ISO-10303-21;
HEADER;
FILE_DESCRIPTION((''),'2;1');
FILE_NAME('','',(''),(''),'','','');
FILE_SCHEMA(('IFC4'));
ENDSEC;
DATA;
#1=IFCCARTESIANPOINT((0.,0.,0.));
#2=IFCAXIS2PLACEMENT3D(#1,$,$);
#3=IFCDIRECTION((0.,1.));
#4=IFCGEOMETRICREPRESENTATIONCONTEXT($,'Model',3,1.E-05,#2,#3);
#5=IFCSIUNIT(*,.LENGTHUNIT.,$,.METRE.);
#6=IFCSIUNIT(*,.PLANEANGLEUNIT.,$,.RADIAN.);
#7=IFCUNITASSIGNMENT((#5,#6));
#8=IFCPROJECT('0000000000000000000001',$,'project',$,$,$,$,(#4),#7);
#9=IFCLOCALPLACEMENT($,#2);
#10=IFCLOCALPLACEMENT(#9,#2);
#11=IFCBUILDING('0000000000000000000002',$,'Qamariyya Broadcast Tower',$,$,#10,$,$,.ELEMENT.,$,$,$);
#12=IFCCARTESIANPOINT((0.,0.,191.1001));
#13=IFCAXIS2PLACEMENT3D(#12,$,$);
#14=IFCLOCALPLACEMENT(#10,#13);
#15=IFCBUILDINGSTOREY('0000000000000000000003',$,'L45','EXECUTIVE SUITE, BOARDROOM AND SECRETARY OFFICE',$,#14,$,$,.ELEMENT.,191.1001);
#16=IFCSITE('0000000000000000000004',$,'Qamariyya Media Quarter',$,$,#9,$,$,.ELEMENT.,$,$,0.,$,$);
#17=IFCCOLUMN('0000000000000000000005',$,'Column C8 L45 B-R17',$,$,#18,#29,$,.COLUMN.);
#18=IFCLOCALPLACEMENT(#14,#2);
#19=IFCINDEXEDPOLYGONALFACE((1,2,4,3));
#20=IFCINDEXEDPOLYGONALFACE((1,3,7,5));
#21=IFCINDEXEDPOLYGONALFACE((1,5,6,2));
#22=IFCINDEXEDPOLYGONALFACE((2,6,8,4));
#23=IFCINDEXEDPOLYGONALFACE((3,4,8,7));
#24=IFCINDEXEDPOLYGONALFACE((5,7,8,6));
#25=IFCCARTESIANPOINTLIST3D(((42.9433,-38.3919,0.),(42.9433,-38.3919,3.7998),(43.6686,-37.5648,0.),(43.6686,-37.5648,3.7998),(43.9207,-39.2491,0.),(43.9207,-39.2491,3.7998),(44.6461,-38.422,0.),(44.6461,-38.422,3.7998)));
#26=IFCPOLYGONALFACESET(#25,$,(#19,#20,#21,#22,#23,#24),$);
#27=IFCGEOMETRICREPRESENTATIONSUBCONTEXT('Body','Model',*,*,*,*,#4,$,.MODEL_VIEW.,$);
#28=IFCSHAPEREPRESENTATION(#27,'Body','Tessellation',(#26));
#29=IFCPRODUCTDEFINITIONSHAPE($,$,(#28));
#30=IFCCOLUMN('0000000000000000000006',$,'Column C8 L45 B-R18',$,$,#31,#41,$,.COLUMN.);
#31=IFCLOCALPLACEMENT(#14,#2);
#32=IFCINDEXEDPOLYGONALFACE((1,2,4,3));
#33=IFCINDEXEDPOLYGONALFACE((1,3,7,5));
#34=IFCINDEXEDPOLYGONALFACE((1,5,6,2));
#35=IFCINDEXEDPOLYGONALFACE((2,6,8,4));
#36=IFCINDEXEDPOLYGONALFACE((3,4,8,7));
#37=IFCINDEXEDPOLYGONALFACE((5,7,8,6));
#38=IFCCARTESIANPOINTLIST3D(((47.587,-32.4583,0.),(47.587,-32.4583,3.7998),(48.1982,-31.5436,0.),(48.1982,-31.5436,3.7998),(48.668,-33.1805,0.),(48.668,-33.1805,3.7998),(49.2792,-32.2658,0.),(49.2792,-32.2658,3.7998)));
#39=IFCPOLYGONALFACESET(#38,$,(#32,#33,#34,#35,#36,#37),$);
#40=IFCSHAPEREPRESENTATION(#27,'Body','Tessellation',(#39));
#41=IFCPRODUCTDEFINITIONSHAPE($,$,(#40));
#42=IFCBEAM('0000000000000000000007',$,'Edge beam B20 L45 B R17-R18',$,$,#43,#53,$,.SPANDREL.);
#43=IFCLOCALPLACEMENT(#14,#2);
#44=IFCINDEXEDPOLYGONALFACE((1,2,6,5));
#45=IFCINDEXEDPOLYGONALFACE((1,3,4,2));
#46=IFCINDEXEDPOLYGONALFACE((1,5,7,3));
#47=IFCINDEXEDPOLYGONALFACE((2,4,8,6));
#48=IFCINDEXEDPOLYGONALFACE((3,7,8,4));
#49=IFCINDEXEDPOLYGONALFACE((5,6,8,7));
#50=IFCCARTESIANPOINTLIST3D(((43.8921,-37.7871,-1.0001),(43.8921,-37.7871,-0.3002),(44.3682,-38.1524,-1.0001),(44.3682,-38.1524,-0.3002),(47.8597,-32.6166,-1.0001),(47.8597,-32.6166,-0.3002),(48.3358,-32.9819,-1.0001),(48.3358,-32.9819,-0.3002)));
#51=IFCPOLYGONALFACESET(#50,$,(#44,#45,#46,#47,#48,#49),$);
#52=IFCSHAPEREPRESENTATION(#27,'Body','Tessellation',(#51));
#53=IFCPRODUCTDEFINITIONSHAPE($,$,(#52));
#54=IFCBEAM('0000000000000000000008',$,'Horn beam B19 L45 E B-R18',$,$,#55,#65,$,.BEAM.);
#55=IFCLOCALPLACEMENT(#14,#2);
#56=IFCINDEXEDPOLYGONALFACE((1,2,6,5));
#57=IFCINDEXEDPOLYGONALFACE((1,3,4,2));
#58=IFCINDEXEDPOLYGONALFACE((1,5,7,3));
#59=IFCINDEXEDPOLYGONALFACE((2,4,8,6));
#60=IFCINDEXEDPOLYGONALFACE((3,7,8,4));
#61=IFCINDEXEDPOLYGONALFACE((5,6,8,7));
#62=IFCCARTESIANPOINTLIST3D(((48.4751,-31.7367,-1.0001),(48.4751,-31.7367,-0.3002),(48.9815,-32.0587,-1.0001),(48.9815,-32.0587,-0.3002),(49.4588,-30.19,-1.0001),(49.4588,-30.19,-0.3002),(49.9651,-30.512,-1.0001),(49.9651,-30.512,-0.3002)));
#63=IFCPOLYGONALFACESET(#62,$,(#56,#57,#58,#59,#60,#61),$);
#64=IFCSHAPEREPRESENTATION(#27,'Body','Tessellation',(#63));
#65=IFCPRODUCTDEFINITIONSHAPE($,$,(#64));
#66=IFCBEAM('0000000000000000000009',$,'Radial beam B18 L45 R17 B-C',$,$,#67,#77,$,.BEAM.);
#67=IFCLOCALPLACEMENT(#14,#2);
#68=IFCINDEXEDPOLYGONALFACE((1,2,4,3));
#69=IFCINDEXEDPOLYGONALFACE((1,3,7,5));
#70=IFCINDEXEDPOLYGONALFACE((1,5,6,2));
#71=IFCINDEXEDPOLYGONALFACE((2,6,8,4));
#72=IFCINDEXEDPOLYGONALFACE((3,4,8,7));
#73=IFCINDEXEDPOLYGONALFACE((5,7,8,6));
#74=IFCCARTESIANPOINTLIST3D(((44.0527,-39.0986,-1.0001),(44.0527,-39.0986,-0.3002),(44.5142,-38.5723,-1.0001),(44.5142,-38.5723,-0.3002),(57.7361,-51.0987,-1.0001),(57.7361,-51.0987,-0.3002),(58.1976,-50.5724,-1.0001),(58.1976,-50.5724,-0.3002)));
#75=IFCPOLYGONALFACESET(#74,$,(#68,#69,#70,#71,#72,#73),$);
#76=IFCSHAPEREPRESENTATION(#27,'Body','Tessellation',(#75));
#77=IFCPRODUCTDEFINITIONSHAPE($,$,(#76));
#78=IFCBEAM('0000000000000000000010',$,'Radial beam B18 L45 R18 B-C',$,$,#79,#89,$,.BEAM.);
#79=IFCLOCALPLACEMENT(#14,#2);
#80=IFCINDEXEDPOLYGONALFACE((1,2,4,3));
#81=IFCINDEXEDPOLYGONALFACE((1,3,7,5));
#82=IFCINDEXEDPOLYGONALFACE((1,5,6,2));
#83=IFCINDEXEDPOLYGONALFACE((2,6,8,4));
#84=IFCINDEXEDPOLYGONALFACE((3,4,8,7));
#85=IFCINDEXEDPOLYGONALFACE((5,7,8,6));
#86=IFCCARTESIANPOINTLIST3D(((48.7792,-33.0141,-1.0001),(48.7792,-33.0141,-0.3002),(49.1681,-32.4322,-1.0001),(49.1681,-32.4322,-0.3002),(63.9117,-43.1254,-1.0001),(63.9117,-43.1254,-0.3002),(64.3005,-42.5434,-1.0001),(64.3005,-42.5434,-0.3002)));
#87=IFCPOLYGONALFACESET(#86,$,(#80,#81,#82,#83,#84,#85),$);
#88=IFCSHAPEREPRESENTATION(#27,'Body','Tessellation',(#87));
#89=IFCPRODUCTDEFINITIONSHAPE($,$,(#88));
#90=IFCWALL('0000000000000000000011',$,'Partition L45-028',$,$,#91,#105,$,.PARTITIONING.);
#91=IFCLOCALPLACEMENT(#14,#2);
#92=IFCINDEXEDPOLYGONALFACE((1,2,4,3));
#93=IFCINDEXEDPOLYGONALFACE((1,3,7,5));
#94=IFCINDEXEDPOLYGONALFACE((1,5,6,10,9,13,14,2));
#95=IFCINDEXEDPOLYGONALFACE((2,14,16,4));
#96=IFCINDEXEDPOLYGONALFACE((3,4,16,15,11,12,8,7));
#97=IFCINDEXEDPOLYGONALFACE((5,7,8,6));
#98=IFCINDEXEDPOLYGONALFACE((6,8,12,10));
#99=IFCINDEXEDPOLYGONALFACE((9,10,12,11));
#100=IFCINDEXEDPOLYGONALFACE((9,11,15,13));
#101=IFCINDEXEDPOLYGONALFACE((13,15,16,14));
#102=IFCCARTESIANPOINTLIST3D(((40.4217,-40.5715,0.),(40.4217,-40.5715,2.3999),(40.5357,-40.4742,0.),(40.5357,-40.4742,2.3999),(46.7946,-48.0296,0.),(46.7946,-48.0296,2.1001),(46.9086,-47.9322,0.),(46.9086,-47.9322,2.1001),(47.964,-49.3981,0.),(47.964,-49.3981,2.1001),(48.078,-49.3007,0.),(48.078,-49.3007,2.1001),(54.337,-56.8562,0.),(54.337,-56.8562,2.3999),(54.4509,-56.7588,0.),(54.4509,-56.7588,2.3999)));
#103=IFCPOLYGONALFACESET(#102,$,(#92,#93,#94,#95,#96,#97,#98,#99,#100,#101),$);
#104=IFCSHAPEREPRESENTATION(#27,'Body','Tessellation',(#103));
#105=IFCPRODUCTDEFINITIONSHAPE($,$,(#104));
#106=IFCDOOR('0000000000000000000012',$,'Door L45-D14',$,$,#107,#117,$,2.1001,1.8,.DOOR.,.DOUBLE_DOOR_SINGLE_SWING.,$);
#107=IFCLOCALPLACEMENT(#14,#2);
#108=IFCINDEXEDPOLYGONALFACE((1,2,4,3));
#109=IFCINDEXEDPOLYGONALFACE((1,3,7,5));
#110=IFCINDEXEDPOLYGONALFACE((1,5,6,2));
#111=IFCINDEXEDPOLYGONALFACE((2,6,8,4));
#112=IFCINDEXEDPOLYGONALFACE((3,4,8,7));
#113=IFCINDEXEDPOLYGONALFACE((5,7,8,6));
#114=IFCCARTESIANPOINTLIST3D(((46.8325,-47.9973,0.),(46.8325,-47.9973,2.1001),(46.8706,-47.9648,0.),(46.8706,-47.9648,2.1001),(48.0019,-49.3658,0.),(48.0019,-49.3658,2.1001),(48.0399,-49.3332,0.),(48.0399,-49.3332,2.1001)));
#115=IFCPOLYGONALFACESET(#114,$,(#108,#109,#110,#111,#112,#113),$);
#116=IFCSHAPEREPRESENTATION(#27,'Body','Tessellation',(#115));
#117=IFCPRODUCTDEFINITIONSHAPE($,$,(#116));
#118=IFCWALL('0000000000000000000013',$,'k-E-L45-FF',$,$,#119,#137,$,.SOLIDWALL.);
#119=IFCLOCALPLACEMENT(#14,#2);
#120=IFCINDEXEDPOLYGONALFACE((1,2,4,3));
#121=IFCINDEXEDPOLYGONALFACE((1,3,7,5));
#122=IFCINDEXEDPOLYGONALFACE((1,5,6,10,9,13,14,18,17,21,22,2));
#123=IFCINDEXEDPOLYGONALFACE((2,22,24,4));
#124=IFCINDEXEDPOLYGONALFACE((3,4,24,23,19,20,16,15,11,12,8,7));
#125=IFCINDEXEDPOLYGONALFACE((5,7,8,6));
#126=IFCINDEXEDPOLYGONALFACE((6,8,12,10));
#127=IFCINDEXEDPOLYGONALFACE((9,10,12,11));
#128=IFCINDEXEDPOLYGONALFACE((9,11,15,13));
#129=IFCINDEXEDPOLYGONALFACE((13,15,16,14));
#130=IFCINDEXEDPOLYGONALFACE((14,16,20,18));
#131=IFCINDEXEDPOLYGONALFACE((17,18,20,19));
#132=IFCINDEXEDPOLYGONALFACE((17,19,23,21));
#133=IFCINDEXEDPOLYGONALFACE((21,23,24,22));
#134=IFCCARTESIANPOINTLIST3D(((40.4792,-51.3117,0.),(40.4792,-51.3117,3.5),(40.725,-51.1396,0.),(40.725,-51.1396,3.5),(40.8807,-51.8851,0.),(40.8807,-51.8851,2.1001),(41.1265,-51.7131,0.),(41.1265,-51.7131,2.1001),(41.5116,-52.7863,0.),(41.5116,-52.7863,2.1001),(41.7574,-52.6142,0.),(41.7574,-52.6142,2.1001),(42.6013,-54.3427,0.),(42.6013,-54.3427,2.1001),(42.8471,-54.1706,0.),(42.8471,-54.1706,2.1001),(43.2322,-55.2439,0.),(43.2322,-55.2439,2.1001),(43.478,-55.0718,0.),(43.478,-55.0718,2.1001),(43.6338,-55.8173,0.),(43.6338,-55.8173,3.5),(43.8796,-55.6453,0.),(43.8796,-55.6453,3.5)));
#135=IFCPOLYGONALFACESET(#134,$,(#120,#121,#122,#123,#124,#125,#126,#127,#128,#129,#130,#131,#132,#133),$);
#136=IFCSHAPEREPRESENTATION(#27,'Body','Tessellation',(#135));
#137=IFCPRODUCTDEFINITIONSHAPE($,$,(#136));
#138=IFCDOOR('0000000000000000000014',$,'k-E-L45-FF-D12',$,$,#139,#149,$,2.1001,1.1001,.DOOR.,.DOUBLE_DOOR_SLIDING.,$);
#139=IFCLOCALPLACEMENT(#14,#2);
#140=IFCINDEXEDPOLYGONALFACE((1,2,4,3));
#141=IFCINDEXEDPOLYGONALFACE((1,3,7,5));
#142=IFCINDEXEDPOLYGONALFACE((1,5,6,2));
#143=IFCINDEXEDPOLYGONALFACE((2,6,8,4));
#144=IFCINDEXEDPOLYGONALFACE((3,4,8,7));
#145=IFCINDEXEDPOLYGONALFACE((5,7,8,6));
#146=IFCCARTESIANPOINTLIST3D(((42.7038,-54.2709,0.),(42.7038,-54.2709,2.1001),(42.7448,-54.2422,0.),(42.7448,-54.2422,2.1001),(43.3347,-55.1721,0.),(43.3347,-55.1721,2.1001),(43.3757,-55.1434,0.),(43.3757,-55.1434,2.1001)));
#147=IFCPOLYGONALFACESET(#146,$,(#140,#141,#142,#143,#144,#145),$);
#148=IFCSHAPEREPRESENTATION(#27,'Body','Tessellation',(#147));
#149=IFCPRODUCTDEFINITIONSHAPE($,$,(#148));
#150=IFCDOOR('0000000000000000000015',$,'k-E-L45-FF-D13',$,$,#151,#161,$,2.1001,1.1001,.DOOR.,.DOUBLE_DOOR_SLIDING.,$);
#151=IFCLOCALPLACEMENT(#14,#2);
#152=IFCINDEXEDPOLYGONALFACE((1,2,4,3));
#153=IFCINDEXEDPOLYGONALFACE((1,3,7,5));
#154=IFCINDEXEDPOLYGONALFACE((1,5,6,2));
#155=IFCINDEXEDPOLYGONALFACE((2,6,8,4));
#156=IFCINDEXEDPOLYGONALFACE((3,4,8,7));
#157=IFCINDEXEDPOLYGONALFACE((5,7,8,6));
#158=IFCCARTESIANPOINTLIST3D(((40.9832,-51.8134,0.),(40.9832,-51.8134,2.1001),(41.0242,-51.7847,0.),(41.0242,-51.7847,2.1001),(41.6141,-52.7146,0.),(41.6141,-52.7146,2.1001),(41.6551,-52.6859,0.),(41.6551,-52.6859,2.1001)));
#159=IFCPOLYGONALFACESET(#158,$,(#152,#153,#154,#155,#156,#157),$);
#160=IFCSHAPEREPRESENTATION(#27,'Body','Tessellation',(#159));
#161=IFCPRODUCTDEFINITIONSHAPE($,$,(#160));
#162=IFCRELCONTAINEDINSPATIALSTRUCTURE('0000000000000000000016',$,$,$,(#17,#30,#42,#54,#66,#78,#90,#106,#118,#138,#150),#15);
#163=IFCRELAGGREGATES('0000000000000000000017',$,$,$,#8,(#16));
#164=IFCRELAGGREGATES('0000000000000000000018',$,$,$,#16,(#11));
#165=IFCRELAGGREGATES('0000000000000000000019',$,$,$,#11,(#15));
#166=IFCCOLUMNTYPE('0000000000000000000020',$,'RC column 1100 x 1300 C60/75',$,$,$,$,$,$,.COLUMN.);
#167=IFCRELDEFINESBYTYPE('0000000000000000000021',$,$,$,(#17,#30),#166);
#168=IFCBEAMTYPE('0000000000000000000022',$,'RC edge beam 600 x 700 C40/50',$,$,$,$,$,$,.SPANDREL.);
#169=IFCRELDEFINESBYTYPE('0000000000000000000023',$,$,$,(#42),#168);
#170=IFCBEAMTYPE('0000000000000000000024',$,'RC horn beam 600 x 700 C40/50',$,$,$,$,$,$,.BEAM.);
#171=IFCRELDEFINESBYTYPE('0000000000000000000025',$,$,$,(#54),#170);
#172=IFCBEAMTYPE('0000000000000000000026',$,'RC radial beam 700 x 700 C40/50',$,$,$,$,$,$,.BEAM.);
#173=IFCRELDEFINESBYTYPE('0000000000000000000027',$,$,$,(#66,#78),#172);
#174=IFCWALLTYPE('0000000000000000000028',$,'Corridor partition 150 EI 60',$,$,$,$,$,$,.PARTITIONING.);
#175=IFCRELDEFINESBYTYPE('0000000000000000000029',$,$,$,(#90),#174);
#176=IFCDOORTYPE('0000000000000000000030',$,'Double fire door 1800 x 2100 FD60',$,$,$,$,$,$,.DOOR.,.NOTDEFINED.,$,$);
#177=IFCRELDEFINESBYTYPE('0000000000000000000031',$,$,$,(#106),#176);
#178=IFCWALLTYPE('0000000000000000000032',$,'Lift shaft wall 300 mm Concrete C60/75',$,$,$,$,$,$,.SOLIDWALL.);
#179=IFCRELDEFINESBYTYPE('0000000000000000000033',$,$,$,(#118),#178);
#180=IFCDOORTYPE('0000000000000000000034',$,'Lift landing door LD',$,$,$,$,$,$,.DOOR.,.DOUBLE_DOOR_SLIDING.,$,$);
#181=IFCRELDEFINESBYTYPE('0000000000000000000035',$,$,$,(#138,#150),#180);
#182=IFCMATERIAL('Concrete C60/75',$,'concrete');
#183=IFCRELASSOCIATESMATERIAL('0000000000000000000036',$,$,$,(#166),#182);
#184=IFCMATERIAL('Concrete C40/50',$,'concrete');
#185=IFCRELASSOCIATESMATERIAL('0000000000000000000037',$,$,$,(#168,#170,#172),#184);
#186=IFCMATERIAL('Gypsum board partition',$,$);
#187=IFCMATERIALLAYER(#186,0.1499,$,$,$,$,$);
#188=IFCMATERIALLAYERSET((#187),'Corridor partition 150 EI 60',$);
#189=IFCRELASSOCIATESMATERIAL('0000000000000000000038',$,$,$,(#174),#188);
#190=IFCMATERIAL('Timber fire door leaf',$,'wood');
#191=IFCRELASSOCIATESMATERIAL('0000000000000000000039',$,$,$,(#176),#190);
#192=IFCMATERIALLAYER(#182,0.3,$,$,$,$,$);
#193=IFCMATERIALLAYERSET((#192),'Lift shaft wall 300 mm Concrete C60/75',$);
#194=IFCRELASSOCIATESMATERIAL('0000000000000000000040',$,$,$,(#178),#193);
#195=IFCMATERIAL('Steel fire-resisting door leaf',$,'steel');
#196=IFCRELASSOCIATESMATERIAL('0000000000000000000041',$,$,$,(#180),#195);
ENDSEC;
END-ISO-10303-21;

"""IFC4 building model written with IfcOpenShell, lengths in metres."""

from ifc_helpers import new_model, si_unit, direction, frame, frame_2d, origin, origin_2d, place, context, subcontext, project, spatial, rectangle, extrude, material, layer, layer_set, material_profile, profile_set, type_object, element, fill, save


model = new_model("IFC4")

# Units and contexts
model_context = context("Model", 3, precision=1e-05, world=origin(), true_north=direction((0.0, 1.0)))
body_context = subcontext(model_context, "Body", "Model", "MODEL_VIEW")
ifc_project = project(units=[si_unit("LENGTHUNIT", "METRE"), si_unit("PLANEANGLEUNIT", "RADIAN")], contexts=[model_context])

# Site, building, storey
site_placement = place(None, origin())
site = spatial("IfcSite", under=ifc_project, at=site_placement, Name="Qamariyya Media Quarter", CompositionType="ELEMENT", RefElevation=0.0)
building_placement = place(site_placement, origin())
building = spatial("IfcBuilding", under=site, at=building_placement, Name="Qamariyya Broadcast Tower", CompositionType="ELEMENT")
storey_placement = place(building_placement, frame((0.0, 0.0, 191.1001)))
storey = spatial("IfcBuildingStorey", under=building, at=storey_placement, Name="L45", Description="EXECUTIVE SUITE, BOARDROOM AND SECRETARY OFFICE", CompositionType="ELEMENT", Elevation=191.1001)

# Columns
ifc_material_1 = material(Name="Concrete C60/75", Category="concrete")
ifc_material_profile_1 = material_profile(ifc_material_1, rectangle(XDim=1.1001, YDim=1.3, at=origin_2d()))
ifc_profile_set_1 = profile_set([ifc_material_profile_1], Name="Concrete C60/75")
column_type = type_object("IfcColumnType", Name="RC column 1100 x 1300 C60/75", PredefinedType="COLUMN", material=ifc_profile_set_1)
for number, where, z_axis, x_axis, name in (
    (1, (43.7947, -38.407, 0.0), (0.0, 0.0, 1.0), (0.659346, 0.75184, 0.0), "Column C8 L45 B-R17"),
    (2, (48.4331, -32.3621, 0.0), (0.0, 0.0, 1.0), (0.55557, 0.83147, 0.0), "Column C8 L45 B-R18"),
):
    element("IfcColumn", number, at=place(storey_placement, frame(where, z_axis=z_axis, x_axis=x_axis)), inside=storey, type_object=column_type, Name=name, PredefinedType="COLUMN", context=body_context, shape_type="SweptSolid", body=[
        extrude(rectangle(XDim=1.1001, YDim=1.3, at=origin_2d()), origin(), (0.0, 0.0, 1.0), 3.7998),
    ])

# Beams
ifc_material_2 = material(Name="Concrete C40/50", Category="concrete")
ifc_material_profile_2 = material_profile(ifc_material_2, rectangle(XDim=0.6001, YDim=0.7, at=origin_2d()))
ifc_profile_set_2 = profile_set([ifc_material_profile_2], Name="Concrete C40/50")
beam_type_1 = type_object("IfcBeamType", Name="RC edge beam 600 x 700 C40/50", PredefinedType="SPANDREL", material=ifc_profile_set_2)
beam_1_placement = place(storey_placement, frame((44.1301, -37.9697, -0.6501), z_axis=(0.608774, 0.793343, 0.0), x_axis=(-0.793343, 0.608774, 0.0)))
element("IfcBeam", 3, at=beam_1_placement, inside=storey, type_object=beam_type_1, Name="Edge beam B20 L45 B R17-R18", PredefinedType="SPANDREL", context=body_context, shape_type="SweptSolid", body=[
    extrude(rectangle(XDim=0.6001, YDim=0.7, at=origin_2d()), origin(), (0.0, 0.0, 1.0), 6.5173),
])
ifc_material_profile_3 = material_profile(ifc_material_2, rectangle(XDim=0.6001, YDim=0.7, at=origin_2d()))
ifc_profile_set_3 = profile_set([ifc_material_profile_3], Name="Concrete C40/50")
beam_type_2 = type_object("IfcBeamType", Name="RC horn beam 600 x 700 C40/50", PredefinedType="BEAM", material=ifc_profile_set_3)
beam_2_placement = place(storey_placement, frame((48.7283, -31.8977, -0.6501), z_axis=(0.536651, 0.843804, 0.0), x_axis=(-0.843804, 0.536651, 0.0)))
element("IfcBeam", 4, at=beam_2_placement, inside=storey, type_object=beam_type_2, Name="Horn beam B19 L45 E B-R18", PredefinedType="BEAM", context=body_context, shape_type="SweptSolid", body=[
    extrude(rectangle(XDim=0.6001, YDim=0.7, at=origin_2d()), origin(), (0.0, 0.0, 1.0), 1.833),
])
ifc_material_profile_4 = material_profile(ifc_material_2, rectangle(XDim=0.7, YDim=0.7, at=origin_2d()))
ifc_profile_set_4 = profile_set([ifc_material_profile_4], Name="Concrete C40/50")
beam_type_3 = type_object("IfcBeamType", Name="RC radial beam 700 x 700 C40/50", PredefinedType="BEAM", material=ifc_profile_set_4)
beam_3_placement = place(storey_placement, frame((44.2834, -38.8354, -0.6501), z_axis=(0.751839, -0.659347, 0.0), x_axis=(0.659347, 0.751839, 0.0)))
element("IfcBeam", 5, at=beam_3_placement, inside=storey, type_object=beam_type_3, Name="Radial beam B18 L45 R17 B-C", PredefinedType="BEAM", context=body_context, shape_type="SweptSolid", body=[
    extrude(rectangle(XDim=0.7, YDim=0.7, at=origin_2d()), origin(), (0.0, 0.0, 1.0), 18.2),
])
beam_4_placement = place(storey_placement, frame((48.9736, -32.7231, -0.6501), z_axis=(0.831468, -0.555573, 0.0), x_axis=(0.555573, 0.831468, 0.0)))
element("IfcBeam", 6, at=beam_4_placement, inside=storey, type_object=beam_type_3, Name="Radial beam B18 L45 R18 B-C", PredefinedType="BEAM", context=body_context, shape_type="SweptSolid", body=[
    extrude(rectangle(XDim=0.7, YDim=0.7, at=origin_2d()), origin(), (0.0, 0.0, 1.0), 18.1997),
])

# Wall, opening, door
ifc_material_3 = material(Name="Gypsum board partition")
ifc_layer_1 = layer(ifc_material_3, 0.1499)
ifc_layer_set_1 = layer_set([ifc_layer_1], Name="Corridor partition 150 EI 60")
wall_type_1 = type_object("IfcWallType", Name="Corridor partition 150 EI 60", PredefinedType="PARTITIONING", material=ifc_layer_set_1)
wall_1_placement = place(storey_placement, frame((40.4788, -40.5229, 0.0), z_axis=(0.0, 0.0, 1.0), x_axis=(0.649633, -0.760248, 0.0)))
wall_1 = element("IfcWall", 7, at=wall_1_placement, inside=storey, type_object=wall_type_1, Name="Partition L45-028", PredefinedType="PARTITIONING", context=body_context, shape_type="SweptSolid", body=[
    extrude(rectangle(XDim=21.4202, YDim=0.1499, at=frame_2d((10.71, 0.0))), origin(), (0.0, 0.0, 1.0), 2.3999),
])
opening_1_placement = place(wall_1_placement, frame((9.8101, 0.0, 0.0)))
opening_1 = element("IfcOpeningElement", 8, at=opening_1_placement, cuts=wall_1, PredefinedType="OPENING", context=body_context, shape_type="SweptSolid", body=[
    extrude(rectangle(XDim=1.8, YDim=2.1001, at=frame_2d((0.8999, 1.05))), frame((0.0, 0.085, 0.0), z_axis=(0.0, -1.0, 0.0), x_axis=(1.0, 0.0, 0.0)), (0.0, 0.0, 1.0), 0.1699),
])
ifc_material_4 = material(Name="Timber fire door leaf", Category="wood")
door_type_1 = type_object("IfcDoorType", Name="Double fire door 1800 x 2100 FD60", OperationType="NOTDEFINED", PredefinedType="DOOR", material=ifc_material_4)
door_1_placement = place(opening_1_placement, origin())
door_1 = element("IfcDoor", 9, at=door_1_placement, inside=storey, type_object=door_type_1, Name="Door L45-D14", OperationType="DOUBLE_DOOR_SINGLE_SWING", OverallHeight=2.1001, OverallWidth=1.8, PredefinedType="DOOR", context=body_context, shape_type="SweptSolid", body=[
    extrude(rectangle(XDim=1.8, YDim=2.1001, at=frame_2d((0.8999, 1.05))), frame((0.0, 0.0249, 0.0), z_axis=(0.0, -1.0, 0.0), x_axis=(1.0, 0.0, 0.0)), (0.0, 0.0, 1.0), 0.05),
])
fill(opening_1, door_1)

# Wall, openings, doors
ifc_layer_2 = layer(ifc_material_1, 0.3)
ifc_layer_set_2 = layer_set([ifc_layer_2], Name="Lift shaft wall 300 mm Concrete C60/75")
wall_type_2 = type_object("IfcWallType", Name="Lift shaft wall 300 mm Concrete C60/75", PredefinedType="SOLIDWALL", material=ifc_layer_set_2)
wall_2_placement = place(storey_placement, frame((43.7566, -55.7312, 0.0), z_axis=(0.0, 0.0, 1.0), x_axis=(-0.573537, 0.81918, 0.0)))
wall_2 = element("IfcWall", 10, at=wall_2_placement, inside=storey, type_object=wall_type_2, Name="k-E-L45-FF", PredefinedType="SOLIDWALL", context=body_context, shape_type="SweptSolid", body=[
    extrude(rectangle(XDim=5.5002, YDim=0.3, at=frame_2d((2.75, 0.0))), origin(), (0.0, 0.0, 1.0), 3.5),
])
opening_2_placement = place(wall_2_placement, frame((0.7, 0.0, 0.0)))
opening_2 = element("IfcOpeningElement", 11, at=opening_2_placement, cuts=wall_2, PredefinedType="OPENING", context=body_context, shape_type="SweptSolid", body=[
    extrude(rectangle(XDim=1.1001, YDim=2.1001, at=frame_2d((0.55, 1.05))), frame((0.0, 0.1599, 0.0), z_axis=(0.0, -1.0, 0.0), x_axis=(1.0, 0.0, 0.0)), (0.0, 0.0, 1.0), 0.3201),
])
opening_3_placement = place(wall_2_placement, frame((3.7, 0.0, 0.0)))
opening_3 = element("IfcOpeningElement", 12, at=opening_3_placement, cuts=wall_2, PredefinedType="OPENING", context=body_context, shape_type="SweptSolid", body=[
    extrude(rectangle(XDim=1.1001, YDim=2.1001, at=frame_2d((0.55, 1.05))), frame((0.0, 0.1599, 0.0), z_axis=(0.0, -1.0, 0.0), x_axis=(1.0, 0.0, 0.0)), (0.0, 0.0, 1.0), 0.3201),
])
ifc_material_5 = material(Name="Steel fire-resisting door leaf", Category="steel")
door_type_2 = type_object("IfcDoorType", Name="Lift landing door LD", OperationType="DOUBLE_DOOR_SLIDING", PredefinedType="DOOR", material=ifc_material_5)
door_2_placement = place(opening_2_placement, origin())
door_2 = element("IfcDoor", 13, at=door_2_placement, inside=storey, type_object=door_type_2, Name="k-E-L45-FF-D12", OperationType="DOUBLE_DOOR_SLIDING", OverallHeight=2.1001, OverallWidth=1.1001, PredefinedType="DOOR", context=body_context, shape_type="SweptSolid", body=[
    extrude(rectangle(XDim=1.1001, YDim=2.1001, at=frame_2d((0.55, 1.05))), frame((0.0, 0.0249, 0.0), z_axis=(0.0, -1.0, 0.0), x_axis=(1.0, 0.0, 0.0)), (0.0, 0.0, 1.0), 0.05),
])
fill(opening_2, door_2)
door_3_placement = place(opening_3_placement, origin())
door_3 = element("IfcDoor", 14, at=door_3_placement, inside=storey, type_object=door_type_2, Name="k-E-L45-FF-D13", OperationType="DOUBLE_DOOR_SLIDING", OverallHeight=2.1001, OverallWidth=1.1001, PredefinedType="DOOR", context=body_context, shape_type="SweptSolid", body=[
    extrude(rectangle(XDim=1.1001, YDim=2.1001, at=frame_2d((0.55, 1.05))), frame((0.0, 0.0249, 0.0), z_axis=(0.0, -1.0, 0.0), x_axis=(1.0, 0.0, 0.0)), (0.0, 0.0, 1.0), 0.05),
])
fill(opening_3, door_3)

save(model, "model.ifc")
